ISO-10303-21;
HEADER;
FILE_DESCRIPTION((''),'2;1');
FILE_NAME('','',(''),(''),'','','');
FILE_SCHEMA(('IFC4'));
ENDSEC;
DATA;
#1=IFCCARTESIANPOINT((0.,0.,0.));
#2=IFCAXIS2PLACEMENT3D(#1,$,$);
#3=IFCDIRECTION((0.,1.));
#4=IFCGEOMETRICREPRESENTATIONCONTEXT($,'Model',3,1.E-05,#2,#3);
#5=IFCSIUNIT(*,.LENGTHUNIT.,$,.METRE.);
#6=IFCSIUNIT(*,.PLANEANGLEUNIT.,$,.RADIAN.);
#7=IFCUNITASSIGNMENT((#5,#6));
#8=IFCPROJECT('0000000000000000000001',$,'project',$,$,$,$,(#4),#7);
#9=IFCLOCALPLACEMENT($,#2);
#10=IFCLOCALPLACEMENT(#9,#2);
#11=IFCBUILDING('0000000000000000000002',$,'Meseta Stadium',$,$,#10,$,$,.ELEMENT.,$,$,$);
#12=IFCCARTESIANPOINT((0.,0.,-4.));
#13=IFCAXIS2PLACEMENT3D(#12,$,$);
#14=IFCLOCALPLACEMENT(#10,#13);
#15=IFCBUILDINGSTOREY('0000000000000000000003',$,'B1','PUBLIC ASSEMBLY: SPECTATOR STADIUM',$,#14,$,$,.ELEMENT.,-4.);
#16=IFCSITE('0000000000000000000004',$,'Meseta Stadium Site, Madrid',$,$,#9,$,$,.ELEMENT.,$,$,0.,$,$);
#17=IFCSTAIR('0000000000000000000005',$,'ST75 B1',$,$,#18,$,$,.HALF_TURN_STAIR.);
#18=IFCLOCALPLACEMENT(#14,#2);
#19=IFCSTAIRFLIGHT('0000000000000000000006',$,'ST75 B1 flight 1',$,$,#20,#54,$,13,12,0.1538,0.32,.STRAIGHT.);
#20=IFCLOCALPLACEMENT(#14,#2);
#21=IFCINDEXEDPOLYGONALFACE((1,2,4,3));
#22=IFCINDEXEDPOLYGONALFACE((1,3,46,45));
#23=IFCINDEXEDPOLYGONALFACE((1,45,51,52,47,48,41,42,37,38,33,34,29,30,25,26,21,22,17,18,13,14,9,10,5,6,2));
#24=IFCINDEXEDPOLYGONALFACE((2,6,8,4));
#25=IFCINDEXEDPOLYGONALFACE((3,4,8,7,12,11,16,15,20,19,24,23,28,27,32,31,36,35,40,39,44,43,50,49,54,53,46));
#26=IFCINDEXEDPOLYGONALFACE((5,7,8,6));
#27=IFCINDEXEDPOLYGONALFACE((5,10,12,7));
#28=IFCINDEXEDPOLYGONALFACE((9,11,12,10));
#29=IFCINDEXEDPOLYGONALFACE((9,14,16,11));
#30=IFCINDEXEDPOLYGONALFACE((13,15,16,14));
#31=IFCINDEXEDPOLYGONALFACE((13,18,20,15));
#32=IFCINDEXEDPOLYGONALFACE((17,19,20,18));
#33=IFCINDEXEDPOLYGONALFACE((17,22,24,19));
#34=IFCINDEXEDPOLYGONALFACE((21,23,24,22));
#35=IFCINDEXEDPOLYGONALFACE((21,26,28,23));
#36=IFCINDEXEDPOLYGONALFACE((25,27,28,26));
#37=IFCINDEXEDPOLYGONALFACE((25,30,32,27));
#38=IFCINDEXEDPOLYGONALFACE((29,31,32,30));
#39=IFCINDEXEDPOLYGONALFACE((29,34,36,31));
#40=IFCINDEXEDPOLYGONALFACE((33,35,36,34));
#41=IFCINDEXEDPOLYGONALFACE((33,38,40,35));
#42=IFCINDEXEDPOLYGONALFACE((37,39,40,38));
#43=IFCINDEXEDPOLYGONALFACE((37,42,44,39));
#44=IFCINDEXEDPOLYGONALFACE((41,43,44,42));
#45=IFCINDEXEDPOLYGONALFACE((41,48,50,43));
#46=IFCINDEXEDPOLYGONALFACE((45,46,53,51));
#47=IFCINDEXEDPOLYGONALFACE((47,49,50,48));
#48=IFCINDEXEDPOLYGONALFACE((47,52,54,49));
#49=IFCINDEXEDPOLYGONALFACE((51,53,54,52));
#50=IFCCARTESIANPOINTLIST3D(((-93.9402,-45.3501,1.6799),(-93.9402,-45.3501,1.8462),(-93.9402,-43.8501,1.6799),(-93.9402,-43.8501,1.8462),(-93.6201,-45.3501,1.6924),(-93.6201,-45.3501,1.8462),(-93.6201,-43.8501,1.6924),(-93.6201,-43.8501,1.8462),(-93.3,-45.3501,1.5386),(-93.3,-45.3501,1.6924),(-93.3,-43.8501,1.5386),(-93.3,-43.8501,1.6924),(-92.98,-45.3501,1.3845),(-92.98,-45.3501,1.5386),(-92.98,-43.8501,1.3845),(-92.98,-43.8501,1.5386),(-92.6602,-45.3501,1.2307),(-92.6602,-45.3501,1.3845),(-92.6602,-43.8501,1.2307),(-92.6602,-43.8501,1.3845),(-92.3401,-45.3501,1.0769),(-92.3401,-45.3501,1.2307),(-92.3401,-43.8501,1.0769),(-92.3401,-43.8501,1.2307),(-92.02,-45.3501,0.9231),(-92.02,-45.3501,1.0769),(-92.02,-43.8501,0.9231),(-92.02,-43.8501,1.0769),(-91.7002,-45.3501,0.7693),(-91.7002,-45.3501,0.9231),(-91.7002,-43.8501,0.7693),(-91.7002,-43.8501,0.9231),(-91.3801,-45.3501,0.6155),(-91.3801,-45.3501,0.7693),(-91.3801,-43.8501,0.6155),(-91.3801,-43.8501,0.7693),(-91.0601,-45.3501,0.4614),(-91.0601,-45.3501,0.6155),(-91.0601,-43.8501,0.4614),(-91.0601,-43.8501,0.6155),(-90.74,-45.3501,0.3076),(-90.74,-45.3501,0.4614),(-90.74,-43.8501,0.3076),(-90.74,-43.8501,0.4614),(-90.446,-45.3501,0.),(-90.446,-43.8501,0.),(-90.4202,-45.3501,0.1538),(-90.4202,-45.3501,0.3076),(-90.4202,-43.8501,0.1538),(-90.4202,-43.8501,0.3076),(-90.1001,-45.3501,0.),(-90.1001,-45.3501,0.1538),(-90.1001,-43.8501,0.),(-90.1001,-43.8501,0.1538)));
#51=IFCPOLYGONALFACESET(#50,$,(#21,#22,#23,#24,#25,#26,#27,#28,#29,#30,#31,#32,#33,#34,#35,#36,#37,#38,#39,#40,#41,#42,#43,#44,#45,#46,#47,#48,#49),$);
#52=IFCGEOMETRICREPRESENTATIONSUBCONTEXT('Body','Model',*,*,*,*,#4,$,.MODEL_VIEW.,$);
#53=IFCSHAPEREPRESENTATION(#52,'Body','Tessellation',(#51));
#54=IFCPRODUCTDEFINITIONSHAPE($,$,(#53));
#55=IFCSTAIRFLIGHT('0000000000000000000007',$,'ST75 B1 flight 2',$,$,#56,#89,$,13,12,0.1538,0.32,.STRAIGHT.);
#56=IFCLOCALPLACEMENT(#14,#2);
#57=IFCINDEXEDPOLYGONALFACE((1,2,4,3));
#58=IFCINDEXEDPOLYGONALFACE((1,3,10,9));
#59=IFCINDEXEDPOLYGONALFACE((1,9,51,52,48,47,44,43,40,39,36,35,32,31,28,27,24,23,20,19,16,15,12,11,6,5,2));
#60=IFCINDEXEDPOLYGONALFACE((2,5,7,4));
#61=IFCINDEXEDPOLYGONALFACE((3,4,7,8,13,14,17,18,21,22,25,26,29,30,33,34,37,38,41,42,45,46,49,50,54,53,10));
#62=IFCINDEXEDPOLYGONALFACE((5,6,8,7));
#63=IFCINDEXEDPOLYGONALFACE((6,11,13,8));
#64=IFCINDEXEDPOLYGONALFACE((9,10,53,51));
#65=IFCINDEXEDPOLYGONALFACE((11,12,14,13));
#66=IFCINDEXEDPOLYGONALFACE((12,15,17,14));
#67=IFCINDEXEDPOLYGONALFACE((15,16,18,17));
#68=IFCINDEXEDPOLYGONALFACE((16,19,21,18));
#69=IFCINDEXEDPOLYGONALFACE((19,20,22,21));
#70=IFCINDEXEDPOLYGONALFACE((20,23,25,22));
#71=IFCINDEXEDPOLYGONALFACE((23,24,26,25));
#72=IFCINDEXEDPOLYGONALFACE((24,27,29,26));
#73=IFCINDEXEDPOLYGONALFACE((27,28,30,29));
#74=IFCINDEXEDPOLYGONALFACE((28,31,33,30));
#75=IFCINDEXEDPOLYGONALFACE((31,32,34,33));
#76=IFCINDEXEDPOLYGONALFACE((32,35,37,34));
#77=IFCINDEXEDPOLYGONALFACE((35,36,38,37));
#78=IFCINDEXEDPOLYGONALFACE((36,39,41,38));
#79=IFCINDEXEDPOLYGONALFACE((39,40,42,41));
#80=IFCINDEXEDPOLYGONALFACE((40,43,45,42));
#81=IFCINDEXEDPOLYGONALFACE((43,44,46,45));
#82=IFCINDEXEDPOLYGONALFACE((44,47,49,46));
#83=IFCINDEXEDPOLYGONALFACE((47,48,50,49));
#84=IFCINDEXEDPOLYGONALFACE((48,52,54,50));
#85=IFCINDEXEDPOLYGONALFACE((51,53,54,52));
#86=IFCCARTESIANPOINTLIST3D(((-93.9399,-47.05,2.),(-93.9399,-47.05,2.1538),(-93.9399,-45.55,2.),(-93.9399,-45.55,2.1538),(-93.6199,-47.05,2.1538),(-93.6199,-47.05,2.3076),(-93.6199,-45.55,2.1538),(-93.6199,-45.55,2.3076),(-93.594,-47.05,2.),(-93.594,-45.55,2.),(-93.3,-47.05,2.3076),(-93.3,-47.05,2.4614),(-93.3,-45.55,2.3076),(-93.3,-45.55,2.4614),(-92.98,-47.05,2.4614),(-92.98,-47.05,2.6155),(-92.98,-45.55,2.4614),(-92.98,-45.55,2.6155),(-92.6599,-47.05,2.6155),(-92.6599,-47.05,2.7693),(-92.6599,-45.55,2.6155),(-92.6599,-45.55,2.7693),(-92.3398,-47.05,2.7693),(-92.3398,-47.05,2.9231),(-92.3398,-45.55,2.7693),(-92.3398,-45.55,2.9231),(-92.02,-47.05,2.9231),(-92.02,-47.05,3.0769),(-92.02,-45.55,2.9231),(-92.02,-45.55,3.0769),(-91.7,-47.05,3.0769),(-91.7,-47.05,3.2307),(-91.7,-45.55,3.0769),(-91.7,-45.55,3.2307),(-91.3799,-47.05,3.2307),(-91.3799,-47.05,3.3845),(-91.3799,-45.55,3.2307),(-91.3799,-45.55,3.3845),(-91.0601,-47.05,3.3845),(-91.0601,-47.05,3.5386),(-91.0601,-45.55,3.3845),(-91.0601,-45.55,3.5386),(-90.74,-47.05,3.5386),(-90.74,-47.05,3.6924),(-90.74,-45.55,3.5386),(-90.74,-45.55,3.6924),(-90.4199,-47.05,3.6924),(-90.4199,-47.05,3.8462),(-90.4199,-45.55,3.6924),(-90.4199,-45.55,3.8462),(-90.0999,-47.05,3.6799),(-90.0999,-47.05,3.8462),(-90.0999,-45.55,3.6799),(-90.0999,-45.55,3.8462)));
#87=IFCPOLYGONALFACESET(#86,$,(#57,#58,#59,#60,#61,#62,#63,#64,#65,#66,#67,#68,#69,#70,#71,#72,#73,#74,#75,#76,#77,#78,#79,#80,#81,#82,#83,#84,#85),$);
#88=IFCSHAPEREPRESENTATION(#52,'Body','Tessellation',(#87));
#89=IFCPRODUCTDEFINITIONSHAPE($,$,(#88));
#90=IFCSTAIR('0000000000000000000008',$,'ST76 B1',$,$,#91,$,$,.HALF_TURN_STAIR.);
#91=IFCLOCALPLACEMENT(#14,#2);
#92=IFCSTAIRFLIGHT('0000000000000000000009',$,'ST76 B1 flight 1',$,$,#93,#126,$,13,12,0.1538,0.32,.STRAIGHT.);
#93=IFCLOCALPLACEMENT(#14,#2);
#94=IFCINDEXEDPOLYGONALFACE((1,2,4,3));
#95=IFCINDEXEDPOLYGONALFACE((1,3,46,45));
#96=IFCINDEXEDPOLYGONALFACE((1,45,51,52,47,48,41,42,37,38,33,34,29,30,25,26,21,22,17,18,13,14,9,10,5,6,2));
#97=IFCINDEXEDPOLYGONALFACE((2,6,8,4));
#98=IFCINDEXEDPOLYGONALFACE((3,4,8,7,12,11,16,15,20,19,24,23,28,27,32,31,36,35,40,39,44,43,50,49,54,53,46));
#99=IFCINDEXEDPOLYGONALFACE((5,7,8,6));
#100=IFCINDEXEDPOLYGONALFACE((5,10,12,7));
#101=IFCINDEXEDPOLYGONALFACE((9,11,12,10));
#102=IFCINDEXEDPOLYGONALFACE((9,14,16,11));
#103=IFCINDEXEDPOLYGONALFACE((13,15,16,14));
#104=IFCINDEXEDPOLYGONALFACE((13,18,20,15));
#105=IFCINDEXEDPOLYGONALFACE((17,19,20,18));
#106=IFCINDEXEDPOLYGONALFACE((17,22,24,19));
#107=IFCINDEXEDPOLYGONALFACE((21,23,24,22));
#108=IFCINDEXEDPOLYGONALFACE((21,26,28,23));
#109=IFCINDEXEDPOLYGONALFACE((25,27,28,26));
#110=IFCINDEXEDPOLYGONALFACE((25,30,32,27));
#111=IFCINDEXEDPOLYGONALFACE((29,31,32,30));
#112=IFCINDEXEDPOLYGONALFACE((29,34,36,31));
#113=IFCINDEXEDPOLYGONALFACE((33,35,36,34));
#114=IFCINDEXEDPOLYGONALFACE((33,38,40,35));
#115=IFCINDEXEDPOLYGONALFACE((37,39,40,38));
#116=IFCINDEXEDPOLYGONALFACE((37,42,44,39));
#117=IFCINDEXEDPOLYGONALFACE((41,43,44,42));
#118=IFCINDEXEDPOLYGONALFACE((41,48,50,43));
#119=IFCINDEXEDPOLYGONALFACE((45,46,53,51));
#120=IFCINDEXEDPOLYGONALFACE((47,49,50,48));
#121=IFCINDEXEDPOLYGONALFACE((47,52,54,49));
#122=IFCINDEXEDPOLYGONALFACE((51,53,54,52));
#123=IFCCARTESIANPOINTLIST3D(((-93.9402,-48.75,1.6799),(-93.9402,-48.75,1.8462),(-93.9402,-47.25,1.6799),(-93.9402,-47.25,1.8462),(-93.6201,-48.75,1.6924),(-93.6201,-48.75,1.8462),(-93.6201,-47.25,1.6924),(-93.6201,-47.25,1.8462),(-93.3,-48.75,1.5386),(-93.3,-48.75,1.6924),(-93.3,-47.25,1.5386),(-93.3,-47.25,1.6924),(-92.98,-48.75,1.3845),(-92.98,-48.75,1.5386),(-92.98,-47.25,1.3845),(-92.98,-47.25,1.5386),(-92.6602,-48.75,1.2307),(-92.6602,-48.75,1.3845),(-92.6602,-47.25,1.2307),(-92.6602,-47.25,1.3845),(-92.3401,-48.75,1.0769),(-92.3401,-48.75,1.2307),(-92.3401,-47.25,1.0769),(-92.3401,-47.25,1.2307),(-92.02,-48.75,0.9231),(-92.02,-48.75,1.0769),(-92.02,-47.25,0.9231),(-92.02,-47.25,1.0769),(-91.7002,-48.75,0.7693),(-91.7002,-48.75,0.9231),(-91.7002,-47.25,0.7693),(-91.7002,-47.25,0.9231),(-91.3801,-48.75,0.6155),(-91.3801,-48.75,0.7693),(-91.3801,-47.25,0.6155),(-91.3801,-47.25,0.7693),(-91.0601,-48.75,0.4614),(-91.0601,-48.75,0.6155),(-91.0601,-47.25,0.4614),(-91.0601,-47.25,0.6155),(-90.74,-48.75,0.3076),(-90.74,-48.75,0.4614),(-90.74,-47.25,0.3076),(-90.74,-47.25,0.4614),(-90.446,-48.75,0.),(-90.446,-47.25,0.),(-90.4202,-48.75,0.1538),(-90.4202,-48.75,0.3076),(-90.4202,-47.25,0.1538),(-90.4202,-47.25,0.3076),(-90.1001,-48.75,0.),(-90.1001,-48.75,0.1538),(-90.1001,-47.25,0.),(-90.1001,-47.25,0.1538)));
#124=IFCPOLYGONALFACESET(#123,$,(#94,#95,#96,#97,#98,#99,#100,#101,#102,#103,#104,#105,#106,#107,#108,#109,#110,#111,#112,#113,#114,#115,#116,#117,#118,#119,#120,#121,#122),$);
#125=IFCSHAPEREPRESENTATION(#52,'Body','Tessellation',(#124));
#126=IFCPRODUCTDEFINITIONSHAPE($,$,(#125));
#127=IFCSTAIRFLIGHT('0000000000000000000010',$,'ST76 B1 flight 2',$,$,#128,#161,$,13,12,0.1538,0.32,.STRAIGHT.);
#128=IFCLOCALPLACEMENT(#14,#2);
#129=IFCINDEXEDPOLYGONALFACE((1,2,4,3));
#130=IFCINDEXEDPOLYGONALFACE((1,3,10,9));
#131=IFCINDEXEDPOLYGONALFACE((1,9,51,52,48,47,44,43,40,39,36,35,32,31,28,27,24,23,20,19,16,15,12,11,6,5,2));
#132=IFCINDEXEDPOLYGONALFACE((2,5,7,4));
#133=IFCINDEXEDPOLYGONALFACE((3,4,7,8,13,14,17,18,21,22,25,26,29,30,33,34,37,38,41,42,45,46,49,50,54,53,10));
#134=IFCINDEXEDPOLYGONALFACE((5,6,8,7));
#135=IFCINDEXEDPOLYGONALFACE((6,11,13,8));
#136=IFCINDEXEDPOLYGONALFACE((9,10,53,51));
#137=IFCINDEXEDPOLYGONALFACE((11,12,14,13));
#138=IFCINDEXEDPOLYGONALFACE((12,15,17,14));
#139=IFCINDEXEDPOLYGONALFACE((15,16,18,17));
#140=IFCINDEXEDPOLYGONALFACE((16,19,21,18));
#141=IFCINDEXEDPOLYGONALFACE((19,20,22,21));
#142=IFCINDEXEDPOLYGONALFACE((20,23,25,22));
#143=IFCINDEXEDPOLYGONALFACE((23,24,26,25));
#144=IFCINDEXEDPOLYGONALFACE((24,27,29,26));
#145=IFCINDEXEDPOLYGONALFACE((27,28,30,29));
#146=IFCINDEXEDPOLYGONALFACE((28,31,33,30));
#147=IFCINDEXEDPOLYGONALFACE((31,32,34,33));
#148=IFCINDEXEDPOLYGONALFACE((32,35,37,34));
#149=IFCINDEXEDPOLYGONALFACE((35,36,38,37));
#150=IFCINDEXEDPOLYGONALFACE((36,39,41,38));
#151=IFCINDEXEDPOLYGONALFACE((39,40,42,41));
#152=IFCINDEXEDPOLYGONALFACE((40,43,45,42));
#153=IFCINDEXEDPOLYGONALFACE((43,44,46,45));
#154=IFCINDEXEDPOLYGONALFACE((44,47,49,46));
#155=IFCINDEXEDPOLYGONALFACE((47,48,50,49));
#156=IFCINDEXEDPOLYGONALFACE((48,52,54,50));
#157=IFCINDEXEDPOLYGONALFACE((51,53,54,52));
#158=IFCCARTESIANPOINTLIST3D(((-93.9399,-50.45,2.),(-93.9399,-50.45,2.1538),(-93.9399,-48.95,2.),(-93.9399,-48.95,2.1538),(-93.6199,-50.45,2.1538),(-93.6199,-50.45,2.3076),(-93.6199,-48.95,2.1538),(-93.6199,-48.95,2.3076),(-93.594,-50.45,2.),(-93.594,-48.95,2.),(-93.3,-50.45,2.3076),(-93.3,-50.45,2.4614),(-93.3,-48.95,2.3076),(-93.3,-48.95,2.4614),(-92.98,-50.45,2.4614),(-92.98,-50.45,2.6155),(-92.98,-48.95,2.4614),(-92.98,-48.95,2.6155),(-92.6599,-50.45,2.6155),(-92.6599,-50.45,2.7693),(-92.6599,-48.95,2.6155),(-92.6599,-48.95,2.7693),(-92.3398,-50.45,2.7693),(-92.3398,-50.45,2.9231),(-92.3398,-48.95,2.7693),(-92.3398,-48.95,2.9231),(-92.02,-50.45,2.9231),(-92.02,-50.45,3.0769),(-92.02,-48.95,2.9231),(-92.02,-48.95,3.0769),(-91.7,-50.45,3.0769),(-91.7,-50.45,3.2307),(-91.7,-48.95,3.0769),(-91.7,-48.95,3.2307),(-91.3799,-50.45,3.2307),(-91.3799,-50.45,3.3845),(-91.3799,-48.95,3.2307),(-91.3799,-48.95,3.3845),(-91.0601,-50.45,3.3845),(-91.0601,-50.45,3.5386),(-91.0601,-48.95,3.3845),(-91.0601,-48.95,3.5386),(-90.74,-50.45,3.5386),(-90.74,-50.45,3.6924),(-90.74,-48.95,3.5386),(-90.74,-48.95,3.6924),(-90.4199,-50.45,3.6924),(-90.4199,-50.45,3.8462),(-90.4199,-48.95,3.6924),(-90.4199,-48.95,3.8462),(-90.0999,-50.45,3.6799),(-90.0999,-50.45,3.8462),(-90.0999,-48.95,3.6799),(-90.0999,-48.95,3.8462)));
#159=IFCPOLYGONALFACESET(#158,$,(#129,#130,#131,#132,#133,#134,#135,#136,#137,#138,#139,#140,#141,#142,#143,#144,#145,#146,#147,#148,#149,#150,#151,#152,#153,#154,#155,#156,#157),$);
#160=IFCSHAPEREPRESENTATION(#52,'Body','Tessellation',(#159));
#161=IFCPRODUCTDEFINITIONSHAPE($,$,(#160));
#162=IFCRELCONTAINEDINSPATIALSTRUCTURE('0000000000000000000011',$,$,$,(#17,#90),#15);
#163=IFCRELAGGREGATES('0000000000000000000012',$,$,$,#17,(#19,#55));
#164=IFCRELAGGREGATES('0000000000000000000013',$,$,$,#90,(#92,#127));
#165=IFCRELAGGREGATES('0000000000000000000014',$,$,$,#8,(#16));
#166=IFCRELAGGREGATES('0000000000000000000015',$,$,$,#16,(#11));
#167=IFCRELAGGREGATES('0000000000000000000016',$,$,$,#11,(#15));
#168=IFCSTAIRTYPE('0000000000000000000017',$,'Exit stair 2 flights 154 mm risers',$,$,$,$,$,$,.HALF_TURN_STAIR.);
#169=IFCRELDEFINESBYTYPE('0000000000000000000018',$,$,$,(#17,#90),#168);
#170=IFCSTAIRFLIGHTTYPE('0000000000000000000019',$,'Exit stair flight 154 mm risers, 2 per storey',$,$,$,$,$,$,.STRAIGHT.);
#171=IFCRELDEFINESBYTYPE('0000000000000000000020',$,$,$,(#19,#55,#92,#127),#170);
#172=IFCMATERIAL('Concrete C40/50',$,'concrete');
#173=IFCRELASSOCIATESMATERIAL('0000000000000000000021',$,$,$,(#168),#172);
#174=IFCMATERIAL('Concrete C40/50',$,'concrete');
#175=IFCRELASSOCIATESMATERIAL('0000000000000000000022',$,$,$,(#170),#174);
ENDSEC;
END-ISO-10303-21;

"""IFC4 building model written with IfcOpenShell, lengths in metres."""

from ifc_helpers import new_model, si_unit, direction, frame, origin, place, context, subcontext, project, spatial, polyline, outline, extrude, material, type_object, element, aggregate, save


model = new_model("IFC4")

# Units and contexts
model_context = context("Model", 3, precision=1e-05, world=origin(), true_north=direction((0.0, 1.0)))
body_context = subcontext(model_context, "Body", "Model", "MODEL_VIEW")
ifc_project = project(units=[si_unit("LENGTHUNIT", "METRE"), si_unit("PLANEANGLEUNIT", "RADIAN")], contexts=[model_context])

# Site, building, storey
site_placement = place(None, origin())
site = spatial("IfcSite", under=ifc_project, at=site_placement, Name="Meseta Stadium Site, Madrid", CompositionType="ELEMENT", RefElevation=0.0)
building_placement = place(site_placement, origin())
building = spatial("IfcBuilding", under=site, at=building_placement, Name="Meseta Stadium", CompositionType="ELEMENT")
storey_placement = place(building_placement, frame((0.0, 0.0, -4.0)))
storey = spatial("IfcBuildingStorey", under=building, at=storey_placement, Name="B1", Description="PUBLIC ASSEMBLY: SPECTATOR STADIUM", CompositionType="ELEMENT", Elevation=-4.0)

# Shared definitions
ifc_material_1 = material(Name="Concrete C40/50", Category="concrete")
stair_type = type_object("IfcStairType", Name="Exit stair 2 flights 154 mm risers", PredefinedType="HALF_TURN_STAIR", material=ifc_material_1)
ifc_material_2 = material(Name="Concrete C40/50", Category="concrete")
stair_flight_type = type_object("IfcStairFlightType", Name="Exit stair flight 154 mm risers, 2 per storey", PredefinedType="STRAIGHT", material=ifc_material_2)

# Stairs, stair flights
stair_1_placement = place(storey_placement, origin())
stair_1 = element("IfcStair", 1, at=stair_1_placement, inside=storey, type_object=stair_type, Name="ST75 B1", PredefinedType="HALF_TURN_STAIR")
stair_flight_1_placement = place(storey_placement, frame((-90.1001, -44.6001, 0.0), z_axis=(0.0, 0.0, 1.0), x_axis=(-1.0, 0.0, 0.0)))
stair_flight_1 = element("IfcStairFlight", 2, at=stair_flight_1_placement, type_object=stair_flight_type, Name="ST75 B1 flight 1", NumberOfRisers=13, NumberOfTreads=12, PredefinedType="STRAIGHT", RiserHeight=0.1538, TreadLength=0.32, context=body_context, shape_type="SweptSolid", body=[
    extrude(outline(polyline([(0.0, 0.0), (0.0, 0.1538), (0.3201, 0.1538), (0.3201, 0.3076), (0.6399, 0.3076), (0.6399, 0.4614), (0.96, 0.4614), (0.96, 0.6155), (1.28, 0.6155), (1.28, 0.7693), (1.6001, 0.7693), (1.6001, 0.9231), (1.9199, 0.9231), (1.9199, 1.0769), (2.24, 1.0769), (2.24, 1.2307), (2.5601, 1.2307), (2.5601, 1.3845), (2.8799, 1.3845), (2.8799, 1.5386), (3.2, 1.5386), (3.2, 1.6924), (3.52, 1.6924), (3.52, 1.8462), (3.8401, 1.8462), (3.8401, 1.6799), (0.3459, 0.0), (0.0, 0.0)])), frame((0.0, 0.75, 0.0), z_axis=(0.0, -1.0, 0.0), x_axis=(1.0, 0.0, 0.0)), (0.0, 0.0, 1.0), 1.5),
])
stair_flight_2_placement = place(storey_placement, frame((-93.9399, -46.3, 2.0), z_axis=(0.0, 0.0, 1.0), x_axis=(1.0, 0.0, 0.0)))
stair_flight_2 = element("IfcStairFlight", 3, at=stair_flight_2_placement, type_object=stair_flight_type, Name="ST75 B1 flight 2", NumberOfRisers=13, NumberOfTreads=12, PredefinedType="STRAIGHT", RiserHeight=0.1538, TreadLength=0.32, context=body_context, shape_type="SweptSolid", body=[
    extrude(outline(polyline([(0.0, 0.0), (0.0, 0.1538), (0.3201, 0.1538), (0.3201, 0.3076), (0.6399, 0.3076), (0.6399, 0.4614), (0.96, 0.4614), (0.96, 0.6155), (1.28, 0.6155), (1.28, 0.7693), (1.6001, 0.7693), (1.6001, 0.9231), (1.9199, 0.9231), (1.9199, 1.0769), (2.24, 1.0769), (2.24, 1.2307), (2.5601, 1.2307), (2.5601, 1.3845), (2.8799, 1.3845), (2.8799, 1.5386), (3.2, 1.5386), (3.2, 1.6924), (3.52, 1.6924), (3.52, 1.8462), (3.8401, 1.8462), (3.8401, 1.6799), (0.3459, 0.0), (0.0, 0.0)])), frame((0.0, 0.75, 0.0), z_axis=(0.0, -1.0, 0.0), x_axis=(1.0, 0.0, 0.0)), (0.0, 0.0, 1.0), 1.5),
])
aggregate(stair_1, [stair_flight_1, stair_flight_2])
stair_2_placement = place(storey_placement, origin())
stair_2 = element("IfcStair", 4, at=stair_2_placement, inside=storey, type_object=stair_type, Name="ST76 B1", PredefinedType="HALF_TURN_STAIR")
stair_flight_3_placement = place(storey_placement, frame((-90.1001, -48.0, 0.0), z_axis=(0.0, 0.0, 1.0), x_axis=(-1.0, 0.0, 0.0)))
stair_flight_3 = element("IfcStairFlight", 5, at=stair_flight_3_placement, type_object=stair_flight_type, Name="ST76 B1 flight 1", NumberOfRisers=13, NumberOfTreads=12, PredefinedType="STRAIGHT", RiserHeight=0.1538, TreadLength=0.32, context=body_context, shape_type="SweptSolid", body=[
    extrude(outline(polyline([(0.0, 0.0), (0.0, 0.1538), (0.3201, 0.1538), (0.3201, 0.3076), (0.6399, 0.3076), (0.6399, 0.4614), (0.96, 0.4614), (0.96, 0.6155), (1.28, 0.6155), (1.28, 0.7693), (1.6001, 0.7693), (1.6001, 0.9231), (1.9199, 0.9231), (1.9199, 1.0769), (2.24, 1.0769), (2.24, 1.2307), (2.5601, 1.2307), (2.5601, 1.3845), (2.8799, 1.3845), (2.8799, 1.5386), (3.2, 1.5386), (3.2, 1.6924), (3.52, 1.6924), (3.52, 1.8462), (3.8401, 1.8462), (3.8401, 1.6799), (0.3459, 0.0), (0.0, 0.0)])), frame((0.0, 0.75, 0.0), z_axis=(0.0, -1.0, 0.0), x_axis=(1.0, 0.0, 0.0)), (0.0, 0.0, 1.0), 1.5),
])
stair_flight_4_placement = place(storey_placement, frame((-93.9399, -49.7, 2.0), z_axis=(0.0, 0.0, 1.0), x_axis=(1.0, 0.0, 0.0)))
stair_flight_4 = element("IfcStairFlight", 6, at=stair_flight_4_placement, type_object=stair_flight_type, Name="ST76 B1 flight 2", NumberOfRisers=13, NumberOfTreads=12, PredefinedType="STRAIGHT", RiserHeight=0.1538, TreadLength=0.32, context=body_context, shape_type="SweptSolid", body=[
    extrude(outline(polyline([(0.0, 0.0), (0.0, 0.1538), (0.3201, 0.1538), (0.3201, 0.3076), (0.6399, 0.3076), (0.6399, 0.4614), (0.96, 0.4614), (0.96, 0.6155), (1.28, 0.6155), (1.28, 0.7693), (1.6001, 0.7693), (1.6001, 0.9231), (1.9199, 0.9231), (1.9199, 1.0769), (2.24, 1.0769), (2.24, 1.2307), (2.5601, 1.2307), (2.5601, 1.3845), (2.8799, 1.3845), (2.8799, 1.5386), (3.2, 1.5386), (3.2, 1.6924), (3.52, 1.6924), (3.52, 1.8462), (3.8401, 1.8462), (3.8401, 1.6799), (0.3459, 0.0), (0.0, 0.0)])), frame((0.0, 0.75, 0.0), z_axis=(0.0, -1.0, 0.0), x_axis=(1.0, 0.0, 0.0)), (0.0, 0.0, 1.0), 1.5),
])
aggregate(stair_2, [stair_flight_3, stair_flight_4])

save(model, "model.ifc")
